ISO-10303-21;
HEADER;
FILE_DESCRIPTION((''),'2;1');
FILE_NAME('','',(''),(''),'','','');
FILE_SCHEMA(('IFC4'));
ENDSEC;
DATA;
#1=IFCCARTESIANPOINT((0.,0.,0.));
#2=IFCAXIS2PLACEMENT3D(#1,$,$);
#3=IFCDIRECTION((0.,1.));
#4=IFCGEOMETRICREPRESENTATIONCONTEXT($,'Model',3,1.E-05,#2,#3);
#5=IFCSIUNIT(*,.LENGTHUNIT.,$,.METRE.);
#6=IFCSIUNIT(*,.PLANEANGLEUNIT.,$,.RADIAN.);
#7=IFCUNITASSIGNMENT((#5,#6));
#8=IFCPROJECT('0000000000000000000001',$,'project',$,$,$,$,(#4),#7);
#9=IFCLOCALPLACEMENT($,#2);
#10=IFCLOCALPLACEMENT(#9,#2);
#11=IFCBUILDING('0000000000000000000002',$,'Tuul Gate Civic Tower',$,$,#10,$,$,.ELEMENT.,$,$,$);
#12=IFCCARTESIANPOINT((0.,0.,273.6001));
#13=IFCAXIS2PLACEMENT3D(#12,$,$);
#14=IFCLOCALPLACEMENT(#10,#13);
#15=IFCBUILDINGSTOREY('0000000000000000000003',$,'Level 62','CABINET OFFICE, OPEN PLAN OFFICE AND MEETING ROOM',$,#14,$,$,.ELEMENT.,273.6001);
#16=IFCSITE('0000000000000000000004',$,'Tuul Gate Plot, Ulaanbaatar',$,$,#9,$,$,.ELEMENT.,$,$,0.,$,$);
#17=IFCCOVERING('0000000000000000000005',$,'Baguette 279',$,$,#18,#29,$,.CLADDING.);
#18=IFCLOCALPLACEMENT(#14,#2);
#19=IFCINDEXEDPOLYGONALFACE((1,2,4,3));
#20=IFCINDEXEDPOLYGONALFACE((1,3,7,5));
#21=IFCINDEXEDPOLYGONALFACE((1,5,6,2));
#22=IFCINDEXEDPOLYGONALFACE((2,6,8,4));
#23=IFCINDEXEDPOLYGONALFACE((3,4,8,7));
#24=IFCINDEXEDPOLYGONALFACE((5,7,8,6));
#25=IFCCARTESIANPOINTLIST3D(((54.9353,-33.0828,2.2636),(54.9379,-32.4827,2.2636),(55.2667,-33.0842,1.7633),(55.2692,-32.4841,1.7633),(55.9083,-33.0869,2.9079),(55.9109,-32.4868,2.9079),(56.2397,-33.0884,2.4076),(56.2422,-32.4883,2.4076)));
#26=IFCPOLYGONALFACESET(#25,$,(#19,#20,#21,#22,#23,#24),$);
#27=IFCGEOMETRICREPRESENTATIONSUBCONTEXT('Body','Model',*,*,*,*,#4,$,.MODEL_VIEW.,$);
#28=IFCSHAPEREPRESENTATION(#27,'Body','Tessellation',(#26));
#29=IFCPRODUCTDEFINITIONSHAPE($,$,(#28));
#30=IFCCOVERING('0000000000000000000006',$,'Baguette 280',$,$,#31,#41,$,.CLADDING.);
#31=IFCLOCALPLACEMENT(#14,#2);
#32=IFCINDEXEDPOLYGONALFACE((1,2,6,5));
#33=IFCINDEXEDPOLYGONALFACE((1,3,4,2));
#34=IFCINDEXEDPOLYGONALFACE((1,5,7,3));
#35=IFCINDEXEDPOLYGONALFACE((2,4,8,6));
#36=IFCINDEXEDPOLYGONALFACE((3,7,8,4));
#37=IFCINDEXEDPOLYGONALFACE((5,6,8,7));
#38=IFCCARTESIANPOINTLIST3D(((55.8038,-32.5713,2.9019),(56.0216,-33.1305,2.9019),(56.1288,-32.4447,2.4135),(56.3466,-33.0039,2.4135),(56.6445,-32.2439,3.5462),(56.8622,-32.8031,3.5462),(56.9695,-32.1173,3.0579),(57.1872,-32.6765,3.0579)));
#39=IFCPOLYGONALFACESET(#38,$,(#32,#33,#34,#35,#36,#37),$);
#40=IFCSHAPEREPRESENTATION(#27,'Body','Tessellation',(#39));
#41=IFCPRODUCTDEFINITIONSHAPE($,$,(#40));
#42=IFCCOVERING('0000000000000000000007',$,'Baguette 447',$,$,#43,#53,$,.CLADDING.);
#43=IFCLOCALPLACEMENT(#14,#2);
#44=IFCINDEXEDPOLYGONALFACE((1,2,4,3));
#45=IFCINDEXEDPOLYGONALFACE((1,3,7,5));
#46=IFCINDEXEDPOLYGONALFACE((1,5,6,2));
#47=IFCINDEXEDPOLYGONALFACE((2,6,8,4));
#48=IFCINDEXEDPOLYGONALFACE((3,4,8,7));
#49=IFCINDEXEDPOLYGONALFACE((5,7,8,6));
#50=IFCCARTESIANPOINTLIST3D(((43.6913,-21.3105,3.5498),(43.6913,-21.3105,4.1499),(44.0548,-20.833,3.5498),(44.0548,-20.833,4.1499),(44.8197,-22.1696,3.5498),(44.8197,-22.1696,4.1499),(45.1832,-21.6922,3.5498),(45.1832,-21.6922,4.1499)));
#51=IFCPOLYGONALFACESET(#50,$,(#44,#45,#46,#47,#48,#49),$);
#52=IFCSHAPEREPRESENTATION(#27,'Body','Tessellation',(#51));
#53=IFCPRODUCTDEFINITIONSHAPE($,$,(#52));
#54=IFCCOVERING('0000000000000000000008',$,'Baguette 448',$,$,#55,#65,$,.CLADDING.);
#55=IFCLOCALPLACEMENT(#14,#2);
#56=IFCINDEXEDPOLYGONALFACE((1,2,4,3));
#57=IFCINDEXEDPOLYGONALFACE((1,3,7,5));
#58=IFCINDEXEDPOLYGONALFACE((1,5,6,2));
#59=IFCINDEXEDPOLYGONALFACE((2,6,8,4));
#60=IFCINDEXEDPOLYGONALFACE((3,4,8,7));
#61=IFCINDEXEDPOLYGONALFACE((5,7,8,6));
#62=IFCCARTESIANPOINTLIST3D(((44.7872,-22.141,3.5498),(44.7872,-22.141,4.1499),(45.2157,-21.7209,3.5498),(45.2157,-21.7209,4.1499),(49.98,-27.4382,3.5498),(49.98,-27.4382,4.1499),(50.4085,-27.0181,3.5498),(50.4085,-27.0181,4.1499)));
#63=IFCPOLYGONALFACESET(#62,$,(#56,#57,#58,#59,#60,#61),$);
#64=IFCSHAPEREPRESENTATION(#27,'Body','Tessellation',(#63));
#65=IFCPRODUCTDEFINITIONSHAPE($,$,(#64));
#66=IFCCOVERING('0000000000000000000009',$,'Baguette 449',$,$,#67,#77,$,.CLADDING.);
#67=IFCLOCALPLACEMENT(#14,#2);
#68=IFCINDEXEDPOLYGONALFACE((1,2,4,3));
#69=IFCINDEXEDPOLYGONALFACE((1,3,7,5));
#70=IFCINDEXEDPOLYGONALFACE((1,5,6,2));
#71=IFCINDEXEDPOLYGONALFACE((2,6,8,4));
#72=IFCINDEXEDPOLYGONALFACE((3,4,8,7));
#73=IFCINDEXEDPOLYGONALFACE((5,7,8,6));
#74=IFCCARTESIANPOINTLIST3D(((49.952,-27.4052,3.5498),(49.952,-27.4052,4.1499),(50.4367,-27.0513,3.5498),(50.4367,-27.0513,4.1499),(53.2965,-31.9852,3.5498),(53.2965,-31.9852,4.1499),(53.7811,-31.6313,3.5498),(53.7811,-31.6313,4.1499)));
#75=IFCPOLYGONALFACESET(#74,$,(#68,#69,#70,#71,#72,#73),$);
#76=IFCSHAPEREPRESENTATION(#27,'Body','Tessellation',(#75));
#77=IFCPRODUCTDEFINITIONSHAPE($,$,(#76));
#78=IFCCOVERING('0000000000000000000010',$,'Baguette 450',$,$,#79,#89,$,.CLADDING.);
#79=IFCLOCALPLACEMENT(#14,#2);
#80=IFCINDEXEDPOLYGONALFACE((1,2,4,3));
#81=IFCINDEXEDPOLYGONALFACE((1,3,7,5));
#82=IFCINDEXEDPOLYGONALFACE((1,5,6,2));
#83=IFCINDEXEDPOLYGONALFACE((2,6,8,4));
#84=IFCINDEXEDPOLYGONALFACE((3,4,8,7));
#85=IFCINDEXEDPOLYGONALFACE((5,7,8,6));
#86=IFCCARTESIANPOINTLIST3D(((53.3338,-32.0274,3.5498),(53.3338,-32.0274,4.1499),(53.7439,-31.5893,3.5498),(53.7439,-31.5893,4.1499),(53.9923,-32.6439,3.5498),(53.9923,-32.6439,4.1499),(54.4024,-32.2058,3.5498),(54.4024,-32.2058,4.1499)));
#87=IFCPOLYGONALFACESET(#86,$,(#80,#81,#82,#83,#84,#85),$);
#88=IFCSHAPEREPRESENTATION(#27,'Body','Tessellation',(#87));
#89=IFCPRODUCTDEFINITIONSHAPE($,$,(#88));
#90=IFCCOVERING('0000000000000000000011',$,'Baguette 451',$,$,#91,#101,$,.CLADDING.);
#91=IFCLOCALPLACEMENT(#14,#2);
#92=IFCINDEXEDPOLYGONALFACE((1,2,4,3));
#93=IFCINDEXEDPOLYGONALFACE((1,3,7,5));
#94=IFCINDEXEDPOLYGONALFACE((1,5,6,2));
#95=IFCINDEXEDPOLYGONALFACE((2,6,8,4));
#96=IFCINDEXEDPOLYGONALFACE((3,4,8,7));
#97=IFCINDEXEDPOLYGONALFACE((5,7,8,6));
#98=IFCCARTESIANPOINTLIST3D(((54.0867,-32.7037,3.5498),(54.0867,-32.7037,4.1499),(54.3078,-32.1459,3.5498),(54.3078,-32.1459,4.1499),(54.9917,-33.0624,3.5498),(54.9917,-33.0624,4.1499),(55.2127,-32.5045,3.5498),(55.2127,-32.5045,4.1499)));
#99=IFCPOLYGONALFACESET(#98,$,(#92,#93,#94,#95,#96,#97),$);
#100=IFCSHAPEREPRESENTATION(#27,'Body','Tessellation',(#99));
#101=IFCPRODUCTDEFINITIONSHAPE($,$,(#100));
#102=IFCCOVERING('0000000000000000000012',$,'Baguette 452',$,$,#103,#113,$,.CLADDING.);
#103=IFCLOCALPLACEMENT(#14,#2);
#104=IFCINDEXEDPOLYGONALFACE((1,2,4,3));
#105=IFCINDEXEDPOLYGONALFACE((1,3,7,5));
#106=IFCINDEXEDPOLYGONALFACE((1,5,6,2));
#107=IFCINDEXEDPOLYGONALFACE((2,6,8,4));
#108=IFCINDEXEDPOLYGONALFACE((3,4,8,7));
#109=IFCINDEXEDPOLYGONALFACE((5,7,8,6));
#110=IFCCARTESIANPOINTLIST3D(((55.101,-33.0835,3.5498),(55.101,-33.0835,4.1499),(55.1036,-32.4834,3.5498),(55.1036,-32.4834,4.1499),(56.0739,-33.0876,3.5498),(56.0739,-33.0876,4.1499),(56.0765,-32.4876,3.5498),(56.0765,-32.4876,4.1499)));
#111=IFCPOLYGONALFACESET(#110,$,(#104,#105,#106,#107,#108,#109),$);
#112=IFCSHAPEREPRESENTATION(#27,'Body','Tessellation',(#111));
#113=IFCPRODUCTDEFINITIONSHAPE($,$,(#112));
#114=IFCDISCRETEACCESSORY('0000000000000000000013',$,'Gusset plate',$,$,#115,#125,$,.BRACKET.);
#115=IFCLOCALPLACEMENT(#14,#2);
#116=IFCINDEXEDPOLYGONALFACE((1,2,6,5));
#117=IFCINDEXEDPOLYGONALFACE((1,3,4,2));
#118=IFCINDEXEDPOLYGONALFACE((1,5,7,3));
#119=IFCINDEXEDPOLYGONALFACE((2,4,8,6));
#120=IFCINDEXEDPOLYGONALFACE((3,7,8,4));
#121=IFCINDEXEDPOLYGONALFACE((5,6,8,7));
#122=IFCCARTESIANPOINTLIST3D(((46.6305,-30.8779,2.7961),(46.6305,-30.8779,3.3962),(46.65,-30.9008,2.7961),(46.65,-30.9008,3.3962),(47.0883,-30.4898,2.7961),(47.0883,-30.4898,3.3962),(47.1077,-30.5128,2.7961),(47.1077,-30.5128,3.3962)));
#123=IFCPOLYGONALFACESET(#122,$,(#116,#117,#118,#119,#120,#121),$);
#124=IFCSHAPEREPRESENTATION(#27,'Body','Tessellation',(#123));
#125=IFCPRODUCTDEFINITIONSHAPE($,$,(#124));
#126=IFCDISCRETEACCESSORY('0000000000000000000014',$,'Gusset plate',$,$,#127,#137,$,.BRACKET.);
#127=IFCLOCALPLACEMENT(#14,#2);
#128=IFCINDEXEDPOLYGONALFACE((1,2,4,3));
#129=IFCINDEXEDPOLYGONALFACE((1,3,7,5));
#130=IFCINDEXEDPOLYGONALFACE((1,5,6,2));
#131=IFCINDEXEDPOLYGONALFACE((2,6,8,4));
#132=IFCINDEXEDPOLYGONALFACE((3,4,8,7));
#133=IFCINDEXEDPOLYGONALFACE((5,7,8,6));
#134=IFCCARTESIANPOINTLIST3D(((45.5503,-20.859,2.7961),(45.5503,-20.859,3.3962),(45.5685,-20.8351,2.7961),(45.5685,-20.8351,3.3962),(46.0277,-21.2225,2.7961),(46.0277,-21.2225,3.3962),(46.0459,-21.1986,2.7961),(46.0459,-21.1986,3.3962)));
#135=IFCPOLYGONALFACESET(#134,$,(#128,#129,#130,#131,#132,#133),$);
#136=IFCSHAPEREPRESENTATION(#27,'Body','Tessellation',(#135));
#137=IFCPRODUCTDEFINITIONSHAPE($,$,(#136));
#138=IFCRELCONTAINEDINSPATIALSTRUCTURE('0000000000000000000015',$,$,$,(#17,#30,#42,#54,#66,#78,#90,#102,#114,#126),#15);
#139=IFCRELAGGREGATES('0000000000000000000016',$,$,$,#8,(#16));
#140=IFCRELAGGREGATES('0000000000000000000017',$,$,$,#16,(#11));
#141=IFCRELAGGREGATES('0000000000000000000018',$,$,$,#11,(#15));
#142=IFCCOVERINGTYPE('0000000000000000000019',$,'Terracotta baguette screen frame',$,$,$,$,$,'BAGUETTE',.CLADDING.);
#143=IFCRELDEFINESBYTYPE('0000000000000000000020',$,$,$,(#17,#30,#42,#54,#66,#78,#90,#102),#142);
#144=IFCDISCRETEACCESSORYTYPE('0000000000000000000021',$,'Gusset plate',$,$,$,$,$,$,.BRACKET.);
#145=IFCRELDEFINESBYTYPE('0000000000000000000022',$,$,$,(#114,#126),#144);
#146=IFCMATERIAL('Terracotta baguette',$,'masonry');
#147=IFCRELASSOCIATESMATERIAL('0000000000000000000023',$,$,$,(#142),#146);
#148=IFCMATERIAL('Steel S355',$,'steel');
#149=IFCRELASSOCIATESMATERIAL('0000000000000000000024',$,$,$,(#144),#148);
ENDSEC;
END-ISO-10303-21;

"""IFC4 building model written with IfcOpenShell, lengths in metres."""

from ifc_helpers import new_model, si_unit, direction, frame, origin, origin_2d, place, context, subcontext, project, spatial, rectangle, extrude, material, material_profile, profile_set, type_object, element, save


model = new_model("IFC4")

# Units and contexts
model_context = context("Model", 3, precision=1e-05, world=origin(), true_north=direction((0.0, 1.0)))
body_context = subcontext(model_context, "Body", "Model", "MODEL_VIEW")
ifc_project = project(units=[si_unit("LENGTHUNIT", "METRE"), si_unit("PLANEANGLEUNIT", "RADIAN")], contexts=[model_context])

# Site, building, storey
site_placement = place(None, origin())
site = spatial("IfcSite", under=ifc_project, at=site_placement, Name="Tuul Gate Plot, Ulaanbaatar", CompositionType="ELEMENT", RefElevation=0.0)
building_placement = place(site_placement, origin())
building = spatial("IfcBuilding", under=site, at=building_placement, Name="Tuul Gate Civic Tower", CompositionType="ELEMENT")
storey_placement = place(building_placement, frame((0.0, 0.0, 273.6001)))
storey = spatial("IfcBuildingStorey", under=building, at=storey_placement, Name="Level 62", Description="CABINET OFFICE, OPEN PLAN OFFICE AND MEETING ROOM", CompositionType="ELEMENT", Elevation=273.6001)

# Coverings
ifc_material_1 = material(Name="Terracotta baguette", Category="masonry")
ifc_material_profile_1 = material_profile(ifc_material_1, rectangle(XDim=0.6001, YDim=0.6001, at=origin_2d()), Name="Terracotta baguette screen frame")
ifc_profile_set_1 = profile_set([ifc_material_profile_1], Name="Terracotta baguette")
covering_type = type_object("IfcCoveringType", Name="Terracotta baguette screen frame", ElementType="BAGUETTE", PredefinedType="CLADDING", material=ifc_profile_set_1)
covering_1_placement = place(storey_placement, frame((55.1023, -32.7834, 2.0134), z_axis=(0.833747, -0.003557, 0.552135), x_axis=(0.004266, 0.999991, 0.0)))
element("IfcCovering", 1, at=covering_1_placement, inside=storey, type_object=covering_type, Name="Baguette 279", PredefinedType="CLADDING", context=body_context, shape_type="SweptSolid", body=[
    extrude(rectangle(XDim=0.6001, YDim=0.6001, at=origin_2d()), origin(), (0.0, 0.0, 1.0), 1.167),
])
covering_2_placement = place(storey_placement, frame((56.0752, -32.7876, 2.6577), z_axis=(0.758273, 0.295337, 0.581204), x_axis=(-0.362929, 0.931817, 0.0)))
element("IfcCovering", 2, at=covering_2_placement, inside=storey, type_object=covering_type, Name="Baguette 280", PredefinedType="CLADDING", context=body_context, shape_type="SweptSolid", body=[
    extrude(rectangle(XDim=0.6001, YDim=0.6001, at=origin_2d()), origin(), (0.0, 0.0, 1.0), 1.1086),
])
covering_3_placement = place(storey_placement, frame((43.873, -21.0718, 3.8499), z_axis=(0.795641, -0.605768, 0.0), x_axis=(0.605768, 0.795641, 0.0)))
element("IfcCovering", 3, at=covering_3_placement, inside=storey, type_object=covering_type, Name="Baguette 447", PredefinedType="CLADDING", context=body_context, shape_type="SweptSolid", body=[
    extrude(rectangle(XDim=0.6001, YDim=0.6001, at=origin_2d()), origin(), (0.0, 0.0, 1.0), 1.4182),
])
covering_4_placement = place(storey_placement, frame((45.0015, -21.9309, 3.8499), z_axis=(0.700029, -0.714115, 0.0), x_axis=(0.714115, 0.700029, 0.0)))
element("IfcCovering", 4, at=covering_4_placement, inside=storey, type_object=covering_type, Name="Baguette 448", PredefinedType="CLADDING", context=body_context, shape_type="SweptSolid", body=[
    extrude(rectangle(XDim=0.6001, YDim=0.6001, at=origin_2d()), origin(), (0.0, 0.0, 1.0), 7.418),
])
covering_5_placement = place(storey_placement, frame((50.1943, -27.2283, 3.8499), z_axis=(0.589729, -0.807601, 0.0), x_axis=(0.807601, 0.589729, 0.0)))
element("IfcCovering", 5, at=covering_5_placement, inside=storey, type_object=covering_type, Name="Baguette 449", PredefinedType="CLADDING", context=body_context, shape_type="SweptSolid", body=[
    extrude(rectangle(XDim=0.6001, YDim=0.6001, at=origin_2d()), origin(), (0.0, 0.0, 1.0), 5.6711),
])
covering_6_placement = place(storey_placement, frame((53.5388, -31.8083, 3.8499), z_axis=(0.730001, -0.683446, 0.0), x_axis=(0.683446, 0.730001, 0.0)))
element("IfcCovering", 6, at=covering_6_placement, inside=storey, type_object=covering_type, Name="Baguette 450", PredefinedType="CLADDING", context=body_context, shape_type="SweptSolid", body=[
    extrude(rectangle(XDim=0.6001, YDim=0.6001, at=origin_2d()), origin(), (0.0, 0.0, 1.0), 0.9021),
])
covering_7_placement = place(storey_placement, frame((54.1973, -32.4248, 3.8499), z_axis=(0.929665, -0.368405, 0.0), x_axis=(0.368405, 0.929665, 0.0)))
element("IfcCovering", 7, at=covering_7_placement, inside=storey, type_object=covering_type, Name="Baguette 451", PredefinedType="CLADDING", context=body_context, shape_type="SweptSolid", body=[
    extrude(rectangle(XDim=0.6001, YDim=0.6001, at=origin_2d()), origin(), (0.0, 0.0, 1.0), 0.9734),
])
covering_8_placement = place(storey_placement, frame((55.1023, -32.7834, 3.8499), z_axis=(0.999991, -0.004266, 0.0), x_axis=(0.004266, 0.999991, 0.0)))
element("IfcCovering", 8, at=covering_8_placement, inside=storey, type_object=covering_type, Name="Baguette 452", PredefinedType="CLADDING", context=body_context, shape_type="SweptSolid", body=[
    extrude(rectangle(XDim=0.6001, YDim=0.6001, at=origin_2d()), origin(), (0.0, 0.0, 1.0), 0.9729),
])

# Discrete accessories
ifc_material_2 = material(Name="Steel S355", Category="steel")
discrete_accessory_type = type_object("IfcDiscreteAccessoryType", Name="Gusset plate", PredefinedType="BRACKET", material=ifc_material_2)
for number, where, z_axis, x_axis, name in (
    (9, (46.8691, -30.6953, 2.7961), (0.0, 0.0, 1.0), (0.762825, 0.646605, 0.0), "Gusset plate"),
    (10, (45.7981, -21.0288, 2.7961), (0.0, 0.0, 1.0), (-0.795664, 0.605738, 0.0), "Gusset plate"),
):
    element("IfcDiscreteAccessory", number, at=place(storey_placement, frame(where, z_axis=z_axis, x_axis=x_axis)), inside=storey, type_object=discrete_accessory_type, Name=name, PredefinedType="BRACKET", context=body_context, shape_type="SweptSolid", body=[
        extrude(rectangle(XDim=0.6001, YDim=0.03, at=origin_2d()), origin(), (0.0, 0.0, 1.0), 0.6001),
    ])

save(model, "model.ifc")
